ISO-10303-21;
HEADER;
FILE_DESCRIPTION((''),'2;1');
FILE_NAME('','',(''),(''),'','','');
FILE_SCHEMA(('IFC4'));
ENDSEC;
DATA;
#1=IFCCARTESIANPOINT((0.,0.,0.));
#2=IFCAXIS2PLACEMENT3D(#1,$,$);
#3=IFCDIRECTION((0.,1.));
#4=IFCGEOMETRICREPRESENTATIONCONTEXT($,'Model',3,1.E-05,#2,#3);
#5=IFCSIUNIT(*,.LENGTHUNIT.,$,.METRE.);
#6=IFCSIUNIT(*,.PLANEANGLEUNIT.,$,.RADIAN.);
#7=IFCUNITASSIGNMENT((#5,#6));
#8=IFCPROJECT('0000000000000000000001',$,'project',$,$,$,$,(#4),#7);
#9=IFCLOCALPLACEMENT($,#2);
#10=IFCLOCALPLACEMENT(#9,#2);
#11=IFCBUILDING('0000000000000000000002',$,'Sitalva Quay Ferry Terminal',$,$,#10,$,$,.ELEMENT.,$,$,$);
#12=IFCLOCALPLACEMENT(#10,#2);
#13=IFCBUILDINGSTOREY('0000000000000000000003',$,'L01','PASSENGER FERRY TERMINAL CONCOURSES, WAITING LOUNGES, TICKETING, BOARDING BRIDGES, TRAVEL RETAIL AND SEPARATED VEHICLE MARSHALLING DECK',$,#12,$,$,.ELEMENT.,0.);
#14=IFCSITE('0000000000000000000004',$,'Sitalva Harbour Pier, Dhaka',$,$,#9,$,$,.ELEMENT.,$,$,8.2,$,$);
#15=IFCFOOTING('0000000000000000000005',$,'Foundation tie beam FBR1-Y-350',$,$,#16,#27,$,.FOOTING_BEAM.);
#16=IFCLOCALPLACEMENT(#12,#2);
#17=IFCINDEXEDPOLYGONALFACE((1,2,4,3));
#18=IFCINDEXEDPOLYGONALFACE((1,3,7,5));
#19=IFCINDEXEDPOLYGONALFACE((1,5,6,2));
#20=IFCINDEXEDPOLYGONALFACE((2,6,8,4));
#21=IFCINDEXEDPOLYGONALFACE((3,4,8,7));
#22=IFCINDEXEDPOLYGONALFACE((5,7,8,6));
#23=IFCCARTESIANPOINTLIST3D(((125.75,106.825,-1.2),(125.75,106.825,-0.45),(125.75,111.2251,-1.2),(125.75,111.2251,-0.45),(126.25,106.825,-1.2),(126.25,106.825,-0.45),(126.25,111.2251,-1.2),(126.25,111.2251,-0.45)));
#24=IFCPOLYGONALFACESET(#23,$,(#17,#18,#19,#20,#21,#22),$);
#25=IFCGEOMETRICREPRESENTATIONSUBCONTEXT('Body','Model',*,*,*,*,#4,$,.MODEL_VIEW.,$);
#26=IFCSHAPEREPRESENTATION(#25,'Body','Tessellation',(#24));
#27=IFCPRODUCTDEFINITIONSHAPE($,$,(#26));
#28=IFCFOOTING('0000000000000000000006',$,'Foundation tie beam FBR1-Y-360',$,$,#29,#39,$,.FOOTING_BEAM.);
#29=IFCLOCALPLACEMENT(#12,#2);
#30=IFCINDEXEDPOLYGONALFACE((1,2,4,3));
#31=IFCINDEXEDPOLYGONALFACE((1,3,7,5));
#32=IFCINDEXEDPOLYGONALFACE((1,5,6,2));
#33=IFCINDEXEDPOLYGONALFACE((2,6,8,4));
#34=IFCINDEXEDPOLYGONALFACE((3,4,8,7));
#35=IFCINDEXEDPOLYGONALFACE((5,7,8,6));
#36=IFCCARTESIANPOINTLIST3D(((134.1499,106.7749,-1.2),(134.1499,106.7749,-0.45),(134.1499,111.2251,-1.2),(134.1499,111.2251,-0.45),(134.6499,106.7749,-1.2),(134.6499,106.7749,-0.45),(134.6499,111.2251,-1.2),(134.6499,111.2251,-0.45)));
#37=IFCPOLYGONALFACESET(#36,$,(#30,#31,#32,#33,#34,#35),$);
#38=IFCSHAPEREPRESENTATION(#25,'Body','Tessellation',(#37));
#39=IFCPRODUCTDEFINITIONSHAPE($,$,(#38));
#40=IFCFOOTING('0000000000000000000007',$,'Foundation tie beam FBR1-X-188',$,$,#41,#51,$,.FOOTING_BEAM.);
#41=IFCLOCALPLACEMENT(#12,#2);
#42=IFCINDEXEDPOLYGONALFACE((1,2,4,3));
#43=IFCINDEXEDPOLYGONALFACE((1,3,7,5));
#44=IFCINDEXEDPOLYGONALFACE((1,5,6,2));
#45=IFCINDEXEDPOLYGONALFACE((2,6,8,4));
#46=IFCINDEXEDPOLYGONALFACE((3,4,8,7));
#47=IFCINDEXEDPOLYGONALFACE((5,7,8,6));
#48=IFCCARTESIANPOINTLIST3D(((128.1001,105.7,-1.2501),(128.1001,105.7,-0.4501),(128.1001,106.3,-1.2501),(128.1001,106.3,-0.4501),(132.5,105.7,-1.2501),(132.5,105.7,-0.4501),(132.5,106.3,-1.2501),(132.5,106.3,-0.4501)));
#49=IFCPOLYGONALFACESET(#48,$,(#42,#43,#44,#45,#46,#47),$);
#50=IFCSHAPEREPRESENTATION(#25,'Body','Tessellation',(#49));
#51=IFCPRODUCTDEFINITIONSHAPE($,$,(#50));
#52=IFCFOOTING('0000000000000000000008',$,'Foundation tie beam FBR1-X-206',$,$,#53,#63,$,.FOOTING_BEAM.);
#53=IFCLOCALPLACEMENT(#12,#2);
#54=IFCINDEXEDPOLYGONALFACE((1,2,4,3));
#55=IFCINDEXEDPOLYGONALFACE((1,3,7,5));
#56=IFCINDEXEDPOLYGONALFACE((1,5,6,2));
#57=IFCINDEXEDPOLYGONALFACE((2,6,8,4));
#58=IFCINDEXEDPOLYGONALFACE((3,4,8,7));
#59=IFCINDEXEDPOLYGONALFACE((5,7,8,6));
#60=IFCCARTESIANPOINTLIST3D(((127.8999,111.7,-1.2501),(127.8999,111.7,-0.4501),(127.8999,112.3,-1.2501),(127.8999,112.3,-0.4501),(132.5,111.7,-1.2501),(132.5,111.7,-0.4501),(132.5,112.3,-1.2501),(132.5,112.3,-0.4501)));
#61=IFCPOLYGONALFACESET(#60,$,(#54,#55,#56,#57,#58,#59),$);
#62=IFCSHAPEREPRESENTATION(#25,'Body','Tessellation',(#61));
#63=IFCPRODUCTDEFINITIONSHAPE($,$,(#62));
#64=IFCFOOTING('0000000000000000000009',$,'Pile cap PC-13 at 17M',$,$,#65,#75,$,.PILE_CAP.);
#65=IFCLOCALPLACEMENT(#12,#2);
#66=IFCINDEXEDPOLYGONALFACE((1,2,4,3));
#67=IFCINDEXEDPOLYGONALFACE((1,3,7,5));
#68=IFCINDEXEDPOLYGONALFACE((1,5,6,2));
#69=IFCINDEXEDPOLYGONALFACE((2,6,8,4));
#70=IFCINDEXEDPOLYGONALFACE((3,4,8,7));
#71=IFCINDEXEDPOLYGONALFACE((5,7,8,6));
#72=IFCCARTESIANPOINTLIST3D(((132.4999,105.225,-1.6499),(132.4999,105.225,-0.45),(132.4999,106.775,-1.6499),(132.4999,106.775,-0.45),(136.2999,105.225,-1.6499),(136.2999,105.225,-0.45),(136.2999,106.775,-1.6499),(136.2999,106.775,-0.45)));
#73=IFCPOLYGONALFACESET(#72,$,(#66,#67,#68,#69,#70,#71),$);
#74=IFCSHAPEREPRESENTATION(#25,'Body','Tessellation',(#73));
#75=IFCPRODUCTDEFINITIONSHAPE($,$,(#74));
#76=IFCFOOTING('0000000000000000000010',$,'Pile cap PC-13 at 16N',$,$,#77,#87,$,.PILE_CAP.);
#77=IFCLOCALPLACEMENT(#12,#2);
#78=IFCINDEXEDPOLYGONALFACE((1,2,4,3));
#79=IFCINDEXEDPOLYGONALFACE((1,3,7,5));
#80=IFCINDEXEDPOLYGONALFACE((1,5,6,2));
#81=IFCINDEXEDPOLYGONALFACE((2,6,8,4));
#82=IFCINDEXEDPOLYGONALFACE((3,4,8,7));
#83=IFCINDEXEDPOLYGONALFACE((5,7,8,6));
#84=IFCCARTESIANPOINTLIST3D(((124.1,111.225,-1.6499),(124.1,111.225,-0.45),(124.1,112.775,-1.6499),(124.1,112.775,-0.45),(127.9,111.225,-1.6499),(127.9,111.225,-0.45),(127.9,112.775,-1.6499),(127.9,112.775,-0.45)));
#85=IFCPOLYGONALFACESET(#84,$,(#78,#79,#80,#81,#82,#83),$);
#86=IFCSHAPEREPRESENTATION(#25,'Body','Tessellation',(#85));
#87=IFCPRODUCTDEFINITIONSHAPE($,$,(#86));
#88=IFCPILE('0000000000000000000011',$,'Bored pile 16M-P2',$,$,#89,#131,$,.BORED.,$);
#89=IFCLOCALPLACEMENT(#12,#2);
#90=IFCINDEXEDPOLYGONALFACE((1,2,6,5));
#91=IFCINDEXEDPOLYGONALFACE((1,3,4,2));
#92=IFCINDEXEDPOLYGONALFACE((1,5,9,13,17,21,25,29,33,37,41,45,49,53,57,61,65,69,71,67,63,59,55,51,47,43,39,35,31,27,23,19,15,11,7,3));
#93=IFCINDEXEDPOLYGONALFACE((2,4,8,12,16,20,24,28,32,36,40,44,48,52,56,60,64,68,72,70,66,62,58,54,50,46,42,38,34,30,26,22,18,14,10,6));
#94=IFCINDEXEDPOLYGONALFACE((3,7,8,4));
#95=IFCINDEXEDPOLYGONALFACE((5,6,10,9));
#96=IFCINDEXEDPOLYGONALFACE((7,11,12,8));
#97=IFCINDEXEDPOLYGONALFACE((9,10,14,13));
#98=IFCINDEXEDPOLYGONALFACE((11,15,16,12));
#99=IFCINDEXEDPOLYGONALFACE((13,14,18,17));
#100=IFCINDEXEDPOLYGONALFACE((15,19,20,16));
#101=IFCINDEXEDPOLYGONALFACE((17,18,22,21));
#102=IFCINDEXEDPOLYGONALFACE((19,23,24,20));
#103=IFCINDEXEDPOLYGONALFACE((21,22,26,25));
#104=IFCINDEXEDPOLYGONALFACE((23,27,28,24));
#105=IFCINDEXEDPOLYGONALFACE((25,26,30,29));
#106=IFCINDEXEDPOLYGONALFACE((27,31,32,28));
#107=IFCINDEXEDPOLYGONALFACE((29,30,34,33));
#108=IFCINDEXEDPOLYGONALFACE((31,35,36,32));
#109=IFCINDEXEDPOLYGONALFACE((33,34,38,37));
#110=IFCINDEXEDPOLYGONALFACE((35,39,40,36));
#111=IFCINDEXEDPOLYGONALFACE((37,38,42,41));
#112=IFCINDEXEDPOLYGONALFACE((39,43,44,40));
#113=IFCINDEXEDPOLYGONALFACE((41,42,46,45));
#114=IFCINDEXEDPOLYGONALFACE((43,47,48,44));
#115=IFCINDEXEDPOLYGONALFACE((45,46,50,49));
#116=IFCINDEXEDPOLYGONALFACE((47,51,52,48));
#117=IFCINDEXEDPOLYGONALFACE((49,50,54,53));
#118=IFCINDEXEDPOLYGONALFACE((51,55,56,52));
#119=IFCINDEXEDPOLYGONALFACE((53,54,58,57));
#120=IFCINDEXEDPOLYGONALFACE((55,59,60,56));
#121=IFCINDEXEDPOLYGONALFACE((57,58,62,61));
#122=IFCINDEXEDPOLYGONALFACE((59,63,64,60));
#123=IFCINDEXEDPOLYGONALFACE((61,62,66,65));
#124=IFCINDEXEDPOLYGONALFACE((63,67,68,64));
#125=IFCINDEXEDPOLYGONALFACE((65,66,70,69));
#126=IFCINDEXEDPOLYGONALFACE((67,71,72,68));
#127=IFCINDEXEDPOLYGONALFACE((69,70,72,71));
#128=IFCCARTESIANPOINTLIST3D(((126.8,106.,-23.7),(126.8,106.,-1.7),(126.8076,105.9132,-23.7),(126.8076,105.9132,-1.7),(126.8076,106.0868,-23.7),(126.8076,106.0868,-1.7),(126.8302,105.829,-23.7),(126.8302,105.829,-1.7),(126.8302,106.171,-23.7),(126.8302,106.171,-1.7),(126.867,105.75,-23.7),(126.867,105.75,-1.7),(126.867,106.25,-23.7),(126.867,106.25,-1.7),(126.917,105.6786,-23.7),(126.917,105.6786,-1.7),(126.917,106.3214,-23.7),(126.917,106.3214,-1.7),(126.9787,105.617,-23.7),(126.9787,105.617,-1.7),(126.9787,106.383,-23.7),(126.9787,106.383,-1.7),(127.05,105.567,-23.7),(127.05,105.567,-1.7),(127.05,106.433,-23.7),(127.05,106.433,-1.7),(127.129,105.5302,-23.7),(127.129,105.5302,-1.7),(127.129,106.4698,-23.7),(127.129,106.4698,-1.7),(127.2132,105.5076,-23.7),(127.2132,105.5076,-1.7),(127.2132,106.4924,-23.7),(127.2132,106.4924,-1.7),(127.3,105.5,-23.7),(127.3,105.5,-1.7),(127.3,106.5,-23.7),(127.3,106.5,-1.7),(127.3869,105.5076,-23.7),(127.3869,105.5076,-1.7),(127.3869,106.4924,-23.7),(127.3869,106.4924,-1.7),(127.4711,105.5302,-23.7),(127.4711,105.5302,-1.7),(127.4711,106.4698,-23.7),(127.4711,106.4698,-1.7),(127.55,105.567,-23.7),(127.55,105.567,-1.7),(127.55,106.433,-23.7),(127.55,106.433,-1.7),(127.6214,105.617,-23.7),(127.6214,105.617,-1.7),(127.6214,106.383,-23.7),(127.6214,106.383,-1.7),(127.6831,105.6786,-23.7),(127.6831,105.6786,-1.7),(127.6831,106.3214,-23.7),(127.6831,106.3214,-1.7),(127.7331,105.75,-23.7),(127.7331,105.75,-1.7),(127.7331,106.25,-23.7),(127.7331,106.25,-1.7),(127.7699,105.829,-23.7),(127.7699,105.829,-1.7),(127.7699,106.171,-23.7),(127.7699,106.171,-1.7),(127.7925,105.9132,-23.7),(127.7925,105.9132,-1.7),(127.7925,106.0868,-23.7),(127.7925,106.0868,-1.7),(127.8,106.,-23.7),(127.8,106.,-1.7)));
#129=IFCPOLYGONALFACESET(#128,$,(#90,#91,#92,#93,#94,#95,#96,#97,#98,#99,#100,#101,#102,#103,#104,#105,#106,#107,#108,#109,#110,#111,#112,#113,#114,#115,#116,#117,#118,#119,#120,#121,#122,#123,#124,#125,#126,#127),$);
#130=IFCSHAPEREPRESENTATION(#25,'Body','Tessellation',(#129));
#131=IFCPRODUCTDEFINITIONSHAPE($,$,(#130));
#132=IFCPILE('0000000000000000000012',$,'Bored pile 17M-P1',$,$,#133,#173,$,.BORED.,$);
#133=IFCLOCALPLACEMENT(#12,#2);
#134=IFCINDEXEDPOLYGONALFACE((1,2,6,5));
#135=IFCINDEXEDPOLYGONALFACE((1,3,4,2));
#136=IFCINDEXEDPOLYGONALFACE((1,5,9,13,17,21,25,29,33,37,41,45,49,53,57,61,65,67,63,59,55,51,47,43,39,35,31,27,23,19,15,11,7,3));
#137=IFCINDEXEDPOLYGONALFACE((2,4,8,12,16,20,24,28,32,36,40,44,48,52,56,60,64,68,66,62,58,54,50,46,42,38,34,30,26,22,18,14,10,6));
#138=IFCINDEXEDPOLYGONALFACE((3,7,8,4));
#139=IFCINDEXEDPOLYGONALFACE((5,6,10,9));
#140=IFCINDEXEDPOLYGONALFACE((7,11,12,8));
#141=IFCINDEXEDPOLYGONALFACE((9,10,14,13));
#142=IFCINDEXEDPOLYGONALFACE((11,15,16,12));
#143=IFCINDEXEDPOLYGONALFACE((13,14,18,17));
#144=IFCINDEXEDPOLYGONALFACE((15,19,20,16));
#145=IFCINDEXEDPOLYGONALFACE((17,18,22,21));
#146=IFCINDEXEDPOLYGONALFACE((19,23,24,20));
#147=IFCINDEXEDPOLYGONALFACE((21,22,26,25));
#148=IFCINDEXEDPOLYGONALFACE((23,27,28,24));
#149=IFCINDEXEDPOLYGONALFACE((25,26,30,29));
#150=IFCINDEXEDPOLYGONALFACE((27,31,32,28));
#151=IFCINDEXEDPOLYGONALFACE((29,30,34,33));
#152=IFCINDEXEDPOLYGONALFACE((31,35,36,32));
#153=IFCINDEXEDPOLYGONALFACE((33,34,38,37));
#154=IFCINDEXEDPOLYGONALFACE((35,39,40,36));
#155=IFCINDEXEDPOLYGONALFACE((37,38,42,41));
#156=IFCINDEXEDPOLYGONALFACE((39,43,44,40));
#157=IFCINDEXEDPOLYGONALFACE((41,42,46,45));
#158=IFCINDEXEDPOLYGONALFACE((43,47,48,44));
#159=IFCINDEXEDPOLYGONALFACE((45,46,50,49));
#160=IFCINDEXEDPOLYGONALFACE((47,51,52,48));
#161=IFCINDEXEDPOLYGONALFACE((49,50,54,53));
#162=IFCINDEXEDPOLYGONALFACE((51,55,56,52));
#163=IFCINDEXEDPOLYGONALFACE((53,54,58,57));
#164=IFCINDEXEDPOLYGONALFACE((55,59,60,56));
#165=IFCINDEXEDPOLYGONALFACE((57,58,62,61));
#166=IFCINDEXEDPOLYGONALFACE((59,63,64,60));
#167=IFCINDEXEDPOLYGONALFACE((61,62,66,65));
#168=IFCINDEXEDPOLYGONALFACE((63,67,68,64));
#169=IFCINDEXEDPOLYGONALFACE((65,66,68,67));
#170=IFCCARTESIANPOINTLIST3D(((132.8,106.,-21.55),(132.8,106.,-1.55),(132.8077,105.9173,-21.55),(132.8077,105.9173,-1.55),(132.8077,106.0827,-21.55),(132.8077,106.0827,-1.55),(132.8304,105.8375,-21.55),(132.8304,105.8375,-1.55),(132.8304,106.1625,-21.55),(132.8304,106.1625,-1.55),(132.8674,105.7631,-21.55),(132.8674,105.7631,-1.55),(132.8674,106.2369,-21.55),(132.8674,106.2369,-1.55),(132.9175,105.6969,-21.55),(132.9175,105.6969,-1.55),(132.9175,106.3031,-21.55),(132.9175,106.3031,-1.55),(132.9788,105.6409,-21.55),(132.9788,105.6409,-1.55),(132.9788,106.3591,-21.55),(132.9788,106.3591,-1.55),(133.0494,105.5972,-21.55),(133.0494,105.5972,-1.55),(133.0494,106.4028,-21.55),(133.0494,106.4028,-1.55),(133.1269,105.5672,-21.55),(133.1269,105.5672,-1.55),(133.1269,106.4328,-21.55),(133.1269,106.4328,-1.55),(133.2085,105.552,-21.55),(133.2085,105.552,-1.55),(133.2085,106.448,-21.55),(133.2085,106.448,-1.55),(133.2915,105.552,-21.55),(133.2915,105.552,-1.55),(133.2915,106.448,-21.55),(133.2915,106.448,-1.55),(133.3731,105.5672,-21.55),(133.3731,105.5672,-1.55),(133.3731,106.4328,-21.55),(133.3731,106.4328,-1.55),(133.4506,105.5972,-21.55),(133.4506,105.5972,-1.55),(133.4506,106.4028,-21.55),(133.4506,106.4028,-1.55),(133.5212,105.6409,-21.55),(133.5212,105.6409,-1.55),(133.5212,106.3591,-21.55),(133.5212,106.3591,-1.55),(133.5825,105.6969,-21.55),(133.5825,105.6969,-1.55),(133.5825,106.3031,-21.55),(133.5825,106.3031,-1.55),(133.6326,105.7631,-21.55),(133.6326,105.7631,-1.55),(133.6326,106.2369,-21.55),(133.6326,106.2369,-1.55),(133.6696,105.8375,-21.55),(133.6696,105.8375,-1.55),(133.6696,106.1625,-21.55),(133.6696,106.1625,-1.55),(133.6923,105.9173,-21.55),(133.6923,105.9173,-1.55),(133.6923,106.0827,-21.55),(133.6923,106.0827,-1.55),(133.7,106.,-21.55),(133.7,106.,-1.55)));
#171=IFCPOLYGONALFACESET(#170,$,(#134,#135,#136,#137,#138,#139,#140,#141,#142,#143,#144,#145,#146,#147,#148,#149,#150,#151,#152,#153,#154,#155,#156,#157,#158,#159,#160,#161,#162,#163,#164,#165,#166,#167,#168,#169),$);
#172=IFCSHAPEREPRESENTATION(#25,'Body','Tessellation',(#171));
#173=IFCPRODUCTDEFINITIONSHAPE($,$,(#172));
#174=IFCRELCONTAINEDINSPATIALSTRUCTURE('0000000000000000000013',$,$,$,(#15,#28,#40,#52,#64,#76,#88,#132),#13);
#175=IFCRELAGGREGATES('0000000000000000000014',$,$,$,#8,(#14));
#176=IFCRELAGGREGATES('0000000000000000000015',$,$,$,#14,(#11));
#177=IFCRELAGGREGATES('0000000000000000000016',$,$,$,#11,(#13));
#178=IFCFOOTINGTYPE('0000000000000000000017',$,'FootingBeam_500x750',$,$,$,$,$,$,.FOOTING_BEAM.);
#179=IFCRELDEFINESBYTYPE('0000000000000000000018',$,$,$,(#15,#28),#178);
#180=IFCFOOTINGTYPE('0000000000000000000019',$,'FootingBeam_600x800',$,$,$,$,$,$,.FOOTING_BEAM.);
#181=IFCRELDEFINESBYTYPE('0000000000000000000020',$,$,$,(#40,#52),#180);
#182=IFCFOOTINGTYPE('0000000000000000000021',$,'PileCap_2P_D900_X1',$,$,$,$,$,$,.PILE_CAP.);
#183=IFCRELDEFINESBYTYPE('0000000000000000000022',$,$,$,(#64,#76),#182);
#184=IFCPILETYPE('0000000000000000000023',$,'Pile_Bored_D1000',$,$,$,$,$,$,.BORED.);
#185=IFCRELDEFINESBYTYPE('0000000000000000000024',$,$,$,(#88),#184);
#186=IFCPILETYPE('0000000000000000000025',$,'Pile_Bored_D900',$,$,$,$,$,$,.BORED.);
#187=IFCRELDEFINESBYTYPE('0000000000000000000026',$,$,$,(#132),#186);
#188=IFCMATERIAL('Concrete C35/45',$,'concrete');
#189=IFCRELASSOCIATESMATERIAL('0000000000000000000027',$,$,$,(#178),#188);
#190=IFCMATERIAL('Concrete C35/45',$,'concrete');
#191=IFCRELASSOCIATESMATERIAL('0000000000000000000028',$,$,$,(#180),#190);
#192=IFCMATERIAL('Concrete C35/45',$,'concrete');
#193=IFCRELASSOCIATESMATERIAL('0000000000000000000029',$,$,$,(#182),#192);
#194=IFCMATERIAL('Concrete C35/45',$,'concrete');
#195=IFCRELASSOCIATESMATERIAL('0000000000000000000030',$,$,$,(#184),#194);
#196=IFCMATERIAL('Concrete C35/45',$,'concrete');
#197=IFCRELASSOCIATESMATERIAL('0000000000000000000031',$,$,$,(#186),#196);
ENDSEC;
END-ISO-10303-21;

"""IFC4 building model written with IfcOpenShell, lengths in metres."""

from ifc_helpers import new_model, si_unit, direction, frame, origin, origin_2d, place, context, subcontext, project, spatial, rectangle, circle, extrude, material, material_profile, profile_set, type_object, element, save


model = new_model("IFC4")

# Units and contexts
model_context = context("Model", 3, precision=1e-05, world=origin(), true_north=direction((0.0, 1.0)))
body_context = subcontext(model_context, "Body", "Model", "MODEL_VIEW")
ifc_project = project(units=[si_unit("LENGTHUNIT", "METRE"), si_unit("PLANEANGLEUNIT", "RADIAN")], contexts=[model_context])

# Site, building, storey
site_placement = place(None, origin())
site = spatial("IfcSite", under=ifc_project, at=site_placement, Name="Sitalva Harbour Pier, Dhaka", CompositionType="ELEMENT", RefElevation=8.2)
building_placement = place(site_placement, origin())
building = spatial("IfcBuilding", under=site, at=building_placement, Name="Sitalva Quay Ferry Terminal", CompositionType="ELEMENT")
storey_placement = place(building_placement, origin())
storey = spatial("IfcBuildingStorey", under=building, at=storey_placement, Name="L01", Description="PASSENGER FERRY TERMINAL CONCOURSES, WAITING LOUNGES, TICKETING, BOARDING BRIDGES, TRAVEL RETAIL AND SEPARATED VEHICLE MARSHALLING DECK", CompositionType="ELEMENT", Elevation=0.0)

# Footings
ifc_material_1 = material(Name="Concrete C35/45", Category="concrete")
ifc_material_profile_1 = material_profile(ifc_material_1, rectangle(XDim=0.5, YDim=0.75, at=origin_2d()), Name="RC500x750")
ifc_profile_set_1 = profile_set([ifc_material_profile_1], Name="Concrete C35/45")
footing_type_1 = type_object("IfcFootingType", Name="FootingBeam_500x750", PredefinedType="FOOTING_BEAM", material=ifc_profile_set_1)
footing_1_placement = place(storey_placement, frame((126.0, 106.825, -0.825), z_axis=(0.0, 1.0, 0.0), x_axis=(-1.0, 0.0, 0.0)))
element("IfcFooting", 1, at=footing_1_placement, inside=storey, type_object=footing_type_1, Name="Foundation tie beam FBR1-Y-350", PredefinedType="FOOTING_BEAM", context=body_context, shape_type="SweptSolid", body=[
    extrude(rectangle(XDim=0.5, YDim=0.75, at=origin_2d()), origin(), (0.0, 0.0, 1.0), 4.4001),
])
footing_2_placement = place(storey_placement, frame((134.3999, 106.7749, -0.825), z_axis=(0.0, 1.0, 0.0), x_axis=(-1.0, 0.0, 0.0)))
element("IfcFooting", 2, at=footing_2_placement, inside=storey, type_object=footing_type_1, Name="Foundation tie beam FBR1-Y-360", PredefinedType="FOOTING_BEAM", context=body_context, shape_type="SweptSolid", body=[
    extrude(rectangle(XDim=0.5, YDim=0.75, at=origin_2d()), origin(), (0.0, 0.0, 1.0), 4.4502),
])
ifc_material_2 = material(Name="Concrete C35/45", Category="concrete")
ifc_material_profile_2 = material_profile(ifc_material_2, rectangle(XDim=0.6001, YDim=0.8, at=origin_2d()), Name="RC600x800")
ifc_profile_set_2 = profile_set([ifc_material_profile_2], Name="Concrete C35/45")
footing_type_2 = type_object("IfcFootingType", Name="FootingBeam_600x800", PredefinedType="FOOTING_BEAM", material=ifc_profile_set_2)
footing_3_placement = place(storey_placement, frame((128.1001, 106.0, -0.8501), z_axis=(1.0, 0.0, 0.0), x_axis=(0.0, 1.0, 0.0)))
element("IfcFooting", 3, at=footing_3_placement, inside=storey, type_object=footing_type_2, Name="Foundation tie beam FBR1-X-188", PredefinedType="FOOTING_BEAM", context=body_context, shape_type="SweptSolid", body=[
    extrude(rectangle(XDim=0.6001, YDim=0.8, at=origin_2d()), origin(), (0.0, 0.0, 1.0), 4.3999),
])
footing_4_placement = place(storey_placement, frame((127.8999, 112.0, -0.8501), z_axis=(1.0, 0.0, 0.0), x_axis=(0.0, 1.0, 0.0)))
element("IfcFooting", 4, at=footing_4_placement, inside=storey, type_object=footing_type_2, Name="Foundation tie beam FBR1-X-206", PredefinedType="FOOTING_BEAM", context=body_context, shape_type="SweptSolid", body=[
    extrude(rectangle(XDim=0.6001, YDim=0.8, at=origin_2d()), origin(), (0.0, 0.0, 1.0), 4.6001),
])
ifc_material_3 = material(Name="Concrete C35/45", Category="concrete")
footing_type_3 = type_object("IfcFootingType", Name="PileCap_2P_D900_X1", PredefinedType="PILE_CAP", material=ifc_material_3)
for number, where, z_axis, x_axis, name in (
    (5, (134.3999, 106.0, -1.6499), (0.0, 0.0, 1.0), (1.0, 0.0, 0.0), "Pile cap PC-13 at 17M"),
    (6, (126.0, 112.0, -1.6499), (0.0, 0.0, 1.0), (1.0, 0.0, 0.0), "Pile cap PC-13 at 16N"),
):
    element("IfcFooting", number, at=place(storey_placement, frame(where, z_axis=z_axis, x_axis=x_axis)), inside=storey, type_object=footing_type_3, Name=name, PredefinedType="PILE_CAP", context=body_context, shape_type="SweptSolid", body=[
        extrude(rectangle(XDim=3.8, YDim=1.55, at=origin_2d()), origin(), (0.0, 0.0, 1.0), 1.2),
    ])

# Piles
ifc_material_4 = material(Name="Concrete C35/45", Category="concrete")
ifc_material_profile_3 = material_profile(ifc_material_4, circle(Radius=0.5, at=origin_2d()), Name="PILE-D1000")
ifc_profile_set_3 = profile_set([ifc_material_profile_3], Name="Concrete C35/45")
pile_type_1 = type_object("IfcPileType", Name="Pile_Bored_D1000", PredefinedType="BORED", material=ifc_profile_set_3)
pile_placement = place(storey_placement, frame((127.3, 106.0, -1.7), z_axis=(0.0, 0.0, -1.0), x_axis=(1.0, 0.0, 0.0)))
element("IfcPile", 7, at=pile_placement, inside=storey, type_object=pile_type_1, Name="Bored pile 16M-P2", PredefinedType="BORED", context=body_context, shape_type="SweptSolid", body=[
    extrude(circle(Radius=0.5, at=origin_2d()), origin(), (0.0, 0.0, 1.0), 22.0),
])
ifc_material_5 = material(Name="Concrete C35/45", Category="concrete")
ifc_material_profile_4 = material_profile(ifc_material_5, circle(Radius=0.45, at=origin_2d()), Name="PILE-D900")
ifc_profile_set_4 = profile_set([ifc_material_profile_4], Name="Concrete C35/45")
pile_type_2 = type_object("IfcPileType", Name="Pile_Bored_D900", PredefinedType="BORED", material=ifc_profile_set_4)
for number, where, z_axis, x_axis, name in (
    (8, (133.25, 106.0, -1.55), (0.0, 0.0, -1.0), (1.0, 0.0, 0.0), "Bored pile 17M-P1"),
):
    element("IfcPile", number, at=place(storey_placement, frame(where, z_axis=z_axis, x_axis=x_axis)), inside=storey, type_object=pile_type_2, Name=name, PredefinedType="BORED", context=body_context, shape_type="SweptSolid", body=[
        extrude(circle(Radius=0.45, at=origin_2d()), origin(), (0.0, 0.0, 1.0), 20.0),
    ])

save(model, "model.ifc")
